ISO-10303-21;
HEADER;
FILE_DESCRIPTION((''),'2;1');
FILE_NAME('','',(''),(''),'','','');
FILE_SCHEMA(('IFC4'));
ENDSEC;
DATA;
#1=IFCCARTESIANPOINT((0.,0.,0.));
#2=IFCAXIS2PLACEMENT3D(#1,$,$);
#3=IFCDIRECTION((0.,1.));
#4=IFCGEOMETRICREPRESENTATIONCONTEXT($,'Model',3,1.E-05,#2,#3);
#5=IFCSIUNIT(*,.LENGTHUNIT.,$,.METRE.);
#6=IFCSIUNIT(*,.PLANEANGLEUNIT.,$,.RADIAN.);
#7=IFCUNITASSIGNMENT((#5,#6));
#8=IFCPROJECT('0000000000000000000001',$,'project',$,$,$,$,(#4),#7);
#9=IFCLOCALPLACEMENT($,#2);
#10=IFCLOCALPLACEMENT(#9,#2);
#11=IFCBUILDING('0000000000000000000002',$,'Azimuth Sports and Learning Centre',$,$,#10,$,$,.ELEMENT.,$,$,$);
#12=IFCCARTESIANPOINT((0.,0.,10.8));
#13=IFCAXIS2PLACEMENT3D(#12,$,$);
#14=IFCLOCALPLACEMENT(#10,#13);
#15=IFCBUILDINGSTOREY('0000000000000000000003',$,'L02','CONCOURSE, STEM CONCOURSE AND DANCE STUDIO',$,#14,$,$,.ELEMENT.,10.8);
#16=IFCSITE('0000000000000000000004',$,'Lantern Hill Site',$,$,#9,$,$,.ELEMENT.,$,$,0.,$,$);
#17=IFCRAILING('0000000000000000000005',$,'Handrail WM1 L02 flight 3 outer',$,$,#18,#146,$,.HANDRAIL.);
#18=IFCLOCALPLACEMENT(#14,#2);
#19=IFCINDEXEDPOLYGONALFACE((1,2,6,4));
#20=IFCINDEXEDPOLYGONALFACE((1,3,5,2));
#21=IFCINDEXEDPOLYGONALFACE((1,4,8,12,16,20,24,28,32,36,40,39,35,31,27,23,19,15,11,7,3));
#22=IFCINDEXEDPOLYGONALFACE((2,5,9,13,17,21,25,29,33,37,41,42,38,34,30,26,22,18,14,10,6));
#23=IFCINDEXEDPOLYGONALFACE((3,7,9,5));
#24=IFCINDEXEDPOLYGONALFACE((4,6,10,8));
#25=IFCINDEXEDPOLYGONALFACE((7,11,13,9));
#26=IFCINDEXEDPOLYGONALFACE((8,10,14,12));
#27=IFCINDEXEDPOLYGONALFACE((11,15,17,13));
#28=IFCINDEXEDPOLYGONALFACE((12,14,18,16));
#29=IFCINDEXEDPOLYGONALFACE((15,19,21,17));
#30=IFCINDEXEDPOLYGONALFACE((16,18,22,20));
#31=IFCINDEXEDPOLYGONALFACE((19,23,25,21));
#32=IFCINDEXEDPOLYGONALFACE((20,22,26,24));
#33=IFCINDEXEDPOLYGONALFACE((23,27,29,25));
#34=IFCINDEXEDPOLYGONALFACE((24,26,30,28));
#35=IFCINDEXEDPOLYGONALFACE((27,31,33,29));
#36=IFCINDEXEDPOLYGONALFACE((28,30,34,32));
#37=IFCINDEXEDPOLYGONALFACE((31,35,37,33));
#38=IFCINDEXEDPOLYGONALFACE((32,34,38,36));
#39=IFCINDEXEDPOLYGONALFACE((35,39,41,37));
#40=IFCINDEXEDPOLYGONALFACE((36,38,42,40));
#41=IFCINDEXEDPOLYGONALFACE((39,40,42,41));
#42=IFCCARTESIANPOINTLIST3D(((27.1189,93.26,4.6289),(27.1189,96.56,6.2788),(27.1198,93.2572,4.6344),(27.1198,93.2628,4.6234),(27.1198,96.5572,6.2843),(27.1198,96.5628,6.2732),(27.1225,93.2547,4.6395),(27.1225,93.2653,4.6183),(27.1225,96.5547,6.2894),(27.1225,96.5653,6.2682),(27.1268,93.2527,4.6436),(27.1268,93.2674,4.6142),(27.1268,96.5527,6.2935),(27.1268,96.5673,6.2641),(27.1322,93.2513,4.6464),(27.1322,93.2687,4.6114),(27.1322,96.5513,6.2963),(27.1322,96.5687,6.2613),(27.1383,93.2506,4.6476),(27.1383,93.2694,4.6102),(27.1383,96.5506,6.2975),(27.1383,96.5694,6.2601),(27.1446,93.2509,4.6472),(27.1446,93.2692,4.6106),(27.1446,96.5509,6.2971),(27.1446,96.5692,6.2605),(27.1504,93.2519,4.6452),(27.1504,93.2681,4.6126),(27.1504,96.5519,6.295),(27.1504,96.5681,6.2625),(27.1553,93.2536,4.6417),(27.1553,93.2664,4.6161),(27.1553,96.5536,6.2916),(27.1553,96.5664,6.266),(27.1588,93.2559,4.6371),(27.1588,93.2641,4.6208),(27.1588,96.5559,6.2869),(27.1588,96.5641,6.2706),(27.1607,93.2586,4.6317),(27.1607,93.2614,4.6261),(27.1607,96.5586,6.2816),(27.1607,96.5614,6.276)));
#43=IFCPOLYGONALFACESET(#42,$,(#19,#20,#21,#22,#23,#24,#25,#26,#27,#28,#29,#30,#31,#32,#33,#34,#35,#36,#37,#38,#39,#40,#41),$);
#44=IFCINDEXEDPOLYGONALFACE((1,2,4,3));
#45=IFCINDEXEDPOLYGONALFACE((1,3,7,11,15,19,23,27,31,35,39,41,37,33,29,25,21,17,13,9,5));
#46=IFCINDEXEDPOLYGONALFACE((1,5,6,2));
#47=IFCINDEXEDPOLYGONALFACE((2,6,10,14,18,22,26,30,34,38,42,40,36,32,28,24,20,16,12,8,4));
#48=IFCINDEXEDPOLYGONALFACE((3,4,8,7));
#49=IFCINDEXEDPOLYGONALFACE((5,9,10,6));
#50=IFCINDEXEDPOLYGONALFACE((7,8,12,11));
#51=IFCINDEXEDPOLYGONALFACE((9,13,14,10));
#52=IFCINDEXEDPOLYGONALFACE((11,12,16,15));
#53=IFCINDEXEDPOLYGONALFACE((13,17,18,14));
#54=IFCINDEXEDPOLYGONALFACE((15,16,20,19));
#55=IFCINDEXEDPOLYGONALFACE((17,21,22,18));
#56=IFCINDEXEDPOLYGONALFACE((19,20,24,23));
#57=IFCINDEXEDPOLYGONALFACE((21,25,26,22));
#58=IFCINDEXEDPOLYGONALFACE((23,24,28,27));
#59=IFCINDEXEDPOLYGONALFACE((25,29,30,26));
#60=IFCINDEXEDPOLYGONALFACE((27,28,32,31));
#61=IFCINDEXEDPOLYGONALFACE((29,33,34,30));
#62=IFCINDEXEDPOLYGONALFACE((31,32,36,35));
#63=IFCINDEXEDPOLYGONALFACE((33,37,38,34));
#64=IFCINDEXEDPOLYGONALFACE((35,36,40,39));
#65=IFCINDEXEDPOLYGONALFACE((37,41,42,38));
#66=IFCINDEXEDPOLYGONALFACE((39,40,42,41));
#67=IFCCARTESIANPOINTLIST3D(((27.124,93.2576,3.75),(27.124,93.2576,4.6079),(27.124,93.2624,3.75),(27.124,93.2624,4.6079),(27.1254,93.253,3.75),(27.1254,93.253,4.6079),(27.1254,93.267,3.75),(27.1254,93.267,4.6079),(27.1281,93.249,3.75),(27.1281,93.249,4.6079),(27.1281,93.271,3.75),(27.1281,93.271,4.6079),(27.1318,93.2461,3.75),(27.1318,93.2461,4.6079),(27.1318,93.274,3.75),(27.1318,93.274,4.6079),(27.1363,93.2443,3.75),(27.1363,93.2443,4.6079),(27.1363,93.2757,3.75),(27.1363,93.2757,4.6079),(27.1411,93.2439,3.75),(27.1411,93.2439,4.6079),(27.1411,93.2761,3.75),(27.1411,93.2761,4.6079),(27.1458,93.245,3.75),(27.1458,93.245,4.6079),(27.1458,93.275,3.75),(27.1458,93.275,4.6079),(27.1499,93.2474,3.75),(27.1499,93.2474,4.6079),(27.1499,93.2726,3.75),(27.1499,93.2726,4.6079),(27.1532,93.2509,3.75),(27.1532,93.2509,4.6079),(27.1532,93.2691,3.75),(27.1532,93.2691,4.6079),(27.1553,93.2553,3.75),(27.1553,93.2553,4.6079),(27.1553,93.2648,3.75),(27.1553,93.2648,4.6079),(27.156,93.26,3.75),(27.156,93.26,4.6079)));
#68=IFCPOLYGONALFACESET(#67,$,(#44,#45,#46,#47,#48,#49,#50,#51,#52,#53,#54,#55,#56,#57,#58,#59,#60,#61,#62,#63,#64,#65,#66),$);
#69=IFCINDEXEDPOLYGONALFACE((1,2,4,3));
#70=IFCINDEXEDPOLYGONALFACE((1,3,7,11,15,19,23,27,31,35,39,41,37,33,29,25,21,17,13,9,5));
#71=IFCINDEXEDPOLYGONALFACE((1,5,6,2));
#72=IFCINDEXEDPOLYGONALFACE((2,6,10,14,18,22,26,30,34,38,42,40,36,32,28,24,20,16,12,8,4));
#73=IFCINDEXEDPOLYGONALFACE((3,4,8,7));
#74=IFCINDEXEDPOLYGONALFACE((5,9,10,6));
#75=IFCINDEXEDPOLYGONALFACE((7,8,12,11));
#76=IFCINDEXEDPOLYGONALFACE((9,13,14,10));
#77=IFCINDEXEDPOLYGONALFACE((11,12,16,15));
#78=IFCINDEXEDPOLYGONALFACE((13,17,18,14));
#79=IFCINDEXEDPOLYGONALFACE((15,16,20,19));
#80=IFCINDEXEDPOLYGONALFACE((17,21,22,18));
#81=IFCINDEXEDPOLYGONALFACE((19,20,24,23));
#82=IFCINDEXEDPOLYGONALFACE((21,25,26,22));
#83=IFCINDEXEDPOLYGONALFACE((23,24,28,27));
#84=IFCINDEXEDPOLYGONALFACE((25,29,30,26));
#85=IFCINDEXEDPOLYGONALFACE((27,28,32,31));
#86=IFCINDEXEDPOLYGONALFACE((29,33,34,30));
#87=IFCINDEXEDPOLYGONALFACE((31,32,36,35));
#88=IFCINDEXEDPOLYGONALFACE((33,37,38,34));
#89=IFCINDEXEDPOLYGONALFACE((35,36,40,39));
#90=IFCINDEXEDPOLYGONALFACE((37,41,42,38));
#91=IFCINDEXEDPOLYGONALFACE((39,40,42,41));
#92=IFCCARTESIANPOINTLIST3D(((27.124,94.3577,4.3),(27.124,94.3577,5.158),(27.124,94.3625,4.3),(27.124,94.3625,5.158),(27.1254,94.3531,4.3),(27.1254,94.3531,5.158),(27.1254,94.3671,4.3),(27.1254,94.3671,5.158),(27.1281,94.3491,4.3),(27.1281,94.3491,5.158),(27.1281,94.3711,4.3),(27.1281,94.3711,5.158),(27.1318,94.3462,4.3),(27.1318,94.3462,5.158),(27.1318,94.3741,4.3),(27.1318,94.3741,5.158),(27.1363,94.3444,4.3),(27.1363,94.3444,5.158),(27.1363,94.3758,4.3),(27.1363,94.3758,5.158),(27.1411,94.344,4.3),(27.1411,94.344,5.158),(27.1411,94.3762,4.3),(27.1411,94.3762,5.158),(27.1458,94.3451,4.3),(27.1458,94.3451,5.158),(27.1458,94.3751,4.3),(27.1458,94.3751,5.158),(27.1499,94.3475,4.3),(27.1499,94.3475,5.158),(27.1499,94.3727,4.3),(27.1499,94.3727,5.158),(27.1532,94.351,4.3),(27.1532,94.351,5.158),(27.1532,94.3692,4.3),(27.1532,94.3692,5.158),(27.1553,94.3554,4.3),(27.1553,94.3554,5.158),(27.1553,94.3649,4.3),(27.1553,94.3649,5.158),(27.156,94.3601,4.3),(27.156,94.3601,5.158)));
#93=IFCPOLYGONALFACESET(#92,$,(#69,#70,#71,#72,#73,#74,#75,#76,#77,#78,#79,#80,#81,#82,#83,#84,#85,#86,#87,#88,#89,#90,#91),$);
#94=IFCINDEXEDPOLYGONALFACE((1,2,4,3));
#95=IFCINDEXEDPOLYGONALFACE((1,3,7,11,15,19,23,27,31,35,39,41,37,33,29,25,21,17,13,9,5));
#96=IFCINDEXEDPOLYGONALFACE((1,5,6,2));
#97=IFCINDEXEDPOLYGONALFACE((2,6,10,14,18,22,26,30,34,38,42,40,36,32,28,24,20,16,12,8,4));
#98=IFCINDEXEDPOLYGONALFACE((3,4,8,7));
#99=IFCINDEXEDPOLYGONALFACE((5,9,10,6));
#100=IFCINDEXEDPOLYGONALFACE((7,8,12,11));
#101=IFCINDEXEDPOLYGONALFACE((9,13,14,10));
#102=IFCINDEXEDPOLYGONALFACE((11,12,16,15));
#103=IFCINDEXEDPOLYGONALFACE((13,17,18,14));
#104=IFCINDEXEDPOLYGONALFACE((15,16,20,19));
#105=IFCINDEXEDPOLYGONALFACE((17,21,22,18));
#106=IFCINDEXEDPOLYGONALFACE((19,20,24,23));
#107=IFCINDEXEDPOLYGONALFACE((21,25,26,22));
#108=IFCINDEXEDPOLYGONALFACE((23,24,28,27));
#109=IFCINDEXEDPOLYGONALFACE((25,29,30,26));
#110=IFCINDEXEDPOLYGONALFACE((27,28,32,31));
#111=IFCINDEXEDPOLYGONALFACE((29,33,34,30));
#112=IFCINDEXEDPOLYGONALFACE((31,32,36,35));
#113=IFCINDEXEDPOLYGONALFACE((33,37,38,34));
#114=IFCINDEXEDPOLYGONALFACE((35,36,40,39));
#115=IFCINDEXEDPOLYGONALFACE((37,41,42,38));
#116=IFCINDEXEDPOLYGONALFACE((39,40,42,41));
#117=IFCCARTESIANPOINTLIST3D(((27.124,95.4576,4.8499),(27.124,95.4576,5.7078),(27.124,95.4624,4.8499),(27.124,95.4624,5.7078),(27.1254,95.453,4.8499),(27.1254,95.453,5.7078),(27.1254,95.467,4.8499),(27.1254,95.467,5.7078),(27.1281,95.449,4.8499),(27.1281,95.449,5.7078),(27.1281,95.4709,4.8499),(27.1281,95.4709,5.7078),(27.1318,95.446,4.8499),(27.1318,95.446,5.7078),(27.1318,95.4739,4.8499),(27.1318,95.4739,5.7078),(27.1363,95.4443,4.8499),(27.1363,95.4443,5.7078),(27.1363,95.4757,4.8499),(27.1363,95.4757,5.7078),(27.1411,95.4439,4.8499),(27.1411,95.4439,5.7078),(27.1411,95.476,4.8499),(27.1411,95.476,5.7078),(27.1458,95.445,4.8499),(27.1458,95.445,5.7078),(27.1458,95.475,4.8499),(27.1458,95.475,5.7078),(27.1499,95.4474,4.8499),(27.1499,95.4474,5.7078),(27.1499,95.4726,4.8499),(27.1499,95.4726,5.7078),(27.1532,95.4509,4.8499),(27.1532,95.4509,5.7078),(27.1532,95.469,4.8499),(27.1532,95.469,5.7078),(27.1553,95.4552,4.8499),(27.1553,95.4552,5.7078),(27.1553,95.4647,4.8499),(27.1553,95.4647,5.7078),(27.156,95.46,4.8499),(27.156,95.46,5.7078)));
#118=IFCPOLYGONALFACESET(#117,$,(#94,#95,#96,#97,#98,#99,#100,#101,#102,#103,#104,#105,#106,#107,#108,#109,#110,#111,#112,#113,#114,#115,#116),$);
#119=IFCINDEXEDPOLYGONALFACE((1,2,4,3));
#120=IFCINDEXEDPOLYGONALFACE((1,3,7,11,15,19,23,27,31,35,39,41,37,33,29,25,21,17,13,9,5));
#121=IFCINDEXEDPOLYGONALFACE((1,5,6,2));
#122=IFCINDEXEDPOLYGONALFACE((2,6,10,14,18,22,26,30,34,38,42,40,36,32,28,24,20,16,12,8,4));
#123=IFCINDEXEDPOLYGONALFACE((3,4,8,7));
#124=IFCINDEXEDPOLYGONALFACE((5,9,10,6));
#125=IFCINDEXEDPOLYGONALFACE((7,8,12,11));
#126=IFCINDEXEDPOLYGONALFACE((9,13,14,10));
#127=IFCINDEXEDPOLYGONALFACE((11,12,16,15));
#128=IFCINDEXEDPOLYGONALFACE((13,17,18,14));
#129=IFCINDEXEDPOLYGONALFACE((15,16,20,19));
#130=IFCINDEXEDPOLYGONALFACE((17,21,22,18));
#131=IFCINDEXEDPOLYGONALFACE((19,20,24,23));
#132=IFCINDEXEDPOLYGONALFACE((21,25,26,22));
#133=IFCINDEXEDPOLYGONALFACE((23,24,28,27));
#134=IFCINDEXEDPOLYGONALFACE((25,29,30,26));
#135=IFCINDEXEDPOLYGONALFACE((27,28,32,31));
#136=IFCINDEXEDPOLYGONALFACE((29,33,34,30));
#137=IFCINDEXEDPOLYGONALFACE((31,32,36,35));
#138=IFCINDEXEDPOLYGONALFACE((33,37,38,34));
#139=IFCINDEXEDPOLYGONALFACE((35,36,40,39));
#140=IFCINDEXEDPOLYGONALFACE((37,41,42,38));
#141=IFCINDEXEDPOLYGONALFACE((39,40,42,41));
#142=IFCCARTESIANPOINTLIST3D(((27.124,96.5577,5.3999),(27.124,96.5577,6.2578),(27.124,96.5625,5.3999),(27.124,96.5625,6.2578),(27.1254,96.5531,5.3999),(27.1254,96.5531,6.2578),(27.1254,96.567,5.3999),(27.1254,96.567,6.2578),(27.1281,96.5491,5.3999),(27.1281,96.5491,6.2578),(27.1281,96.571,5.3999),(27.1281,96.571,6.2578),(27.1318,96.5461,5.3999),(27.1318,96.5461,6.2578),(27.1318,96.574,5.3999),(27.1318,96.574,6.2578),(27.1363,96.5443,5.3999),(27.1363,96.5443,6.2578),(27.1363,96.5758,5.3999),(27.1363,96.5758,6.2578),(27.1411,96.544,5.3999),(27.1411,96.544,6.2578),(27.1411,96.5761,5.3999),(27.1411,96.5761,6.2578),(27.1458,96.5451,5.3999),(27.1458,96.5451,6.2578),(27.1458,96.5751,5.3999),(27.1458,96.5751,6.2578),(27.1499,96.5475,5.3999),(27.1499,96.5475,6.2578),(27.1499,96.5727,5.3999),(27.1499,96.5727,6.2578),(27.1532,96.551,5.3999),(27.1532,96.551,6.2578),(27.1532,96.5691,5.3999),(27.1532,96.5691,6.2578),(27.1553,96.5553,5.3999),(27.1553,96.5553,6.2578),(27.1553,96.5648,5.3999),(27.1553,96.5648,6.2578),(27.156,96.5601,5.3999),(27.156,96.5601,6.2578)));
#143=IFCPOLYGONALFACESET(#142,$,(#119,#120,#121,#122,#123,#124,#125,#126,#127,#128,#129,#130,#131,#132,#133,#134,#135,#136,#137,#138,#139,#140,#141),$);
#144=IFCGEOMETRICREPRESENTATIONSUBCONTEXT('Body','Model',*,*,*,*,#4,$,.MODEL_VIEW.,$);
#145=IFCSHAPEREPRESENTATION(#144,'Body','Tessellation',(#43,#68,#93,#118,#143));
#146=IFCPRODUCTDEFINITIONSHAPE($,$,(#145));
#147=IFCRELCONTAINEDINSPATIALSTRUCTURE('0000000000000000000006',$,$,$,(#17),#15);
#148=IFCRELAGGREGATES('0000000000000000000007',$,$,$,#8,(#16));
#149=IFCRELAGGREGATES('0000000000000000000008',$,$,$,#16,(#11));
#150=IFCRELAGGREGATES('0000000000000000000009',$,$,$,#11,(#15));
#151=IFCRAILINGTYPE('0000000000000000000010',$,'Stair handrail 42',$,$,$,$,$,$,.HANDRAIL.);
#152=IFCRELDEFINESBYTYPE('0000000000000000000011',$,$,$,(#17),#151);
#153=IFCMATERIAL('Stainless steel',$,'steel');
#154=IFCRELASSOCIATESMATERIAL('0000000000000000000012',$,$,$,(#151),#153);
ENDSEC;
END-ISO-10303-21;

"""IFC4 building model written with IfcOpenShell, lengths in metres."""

from ifc_helpers import new_model, si_unit, direction, frame, origin, origin_2d, place, context, subcontext, project, spatial, circle, extrude, material, type_object, element, save


model = new_model("IFC4")

# Units and contexts
model_context = context("Model", 3, precision=1e-05, world=origin(), true_north=direction((0.0, 1.0)))
body_context = subcontext(model_context, "Body", "Model", "MODEL_VIEW")
ifc_project = project(units=[si_unit("LENGTHUNIT", "METRE"), si_unit("PLANEANGLEUNIT", "RADIAN")], contexts=[model_context])

# Site, building, storey
site_placement = place(None, origin())
site = spatial("IfcSite", under=ifc_project, at=site_placement, Name="Lantern Hill Site", CompositionType="ELEMENT", RefElevation=0.0)
building_placement = place(site_placement, origin())
building = spatial("IfcBuilding", under=site, at=building_placement, Name="Azimuth Sports and Learning Centre", CompositionType="ELEMENT")
storey_placement = place(building_placement, frame((0.0, 0.0, 10.8)))
storey = spatial("IfcBuildingStorey", under=building, at=storey_placement, Name="L02", Description="CONCOURSE, STEM CONCOURSE AND DANCE STUDIO", CompositionType="ELEMENT", Elevation=10.8)

# Railing
ifc_material_1 = material(Name="Stainless steel", Category="steel")
railing_type_1 = type_object("IfcRailingType", Name="Stair handrail 42", PredefinedType="HANDRAIL", material=ifc_material_1)
for number, where, name in (
    (1, (27.1399, 93.26, 3.75), "Handrail WM1 L02 flight 3 outer"),
):
    element("IfcRailing", number, at=place(storey_placement, frame(where)), inside=storey, type_object=railing_type_1, Name=name, PredefinedType="HANDRAIL", context=body_context, shape_type="SweptSolid", body=[
        extrude(circle(Radius=0.021, at=origin_2d()), frame((0.0, 0.0, 0.8789), z_axis=(0.0, 0.89444, 0.447187), x_axis=(-1.0, 0.0, 0.0)), (0.0, 0.0, 1.0), 3.6895),
        extrude(circle(Radius=0.0161, at=origin_2d()), origin(), (0.0, 0.0, 1.0), 0.8579),
        extrude(circle(Radius=0.0161, at=origin_2d()), frame((0.0, 1.1001, 0.55)), (0.0, 0.0, 1.0), 0.8579),
        extrude(circle(Radius=0.0161, at=origin_2d()), frame((0.0, 2.2, 1.0999)), (0.0, 0.0, 1.0), 0.8579),
        extrude(circle(Radius=0.0161, at=origin_2d()), frame((0.0, 3.3, 1.6499)), (0.0, 0.0, 1.0), 0.8579),
    ])

save(model, "model.ifc")
